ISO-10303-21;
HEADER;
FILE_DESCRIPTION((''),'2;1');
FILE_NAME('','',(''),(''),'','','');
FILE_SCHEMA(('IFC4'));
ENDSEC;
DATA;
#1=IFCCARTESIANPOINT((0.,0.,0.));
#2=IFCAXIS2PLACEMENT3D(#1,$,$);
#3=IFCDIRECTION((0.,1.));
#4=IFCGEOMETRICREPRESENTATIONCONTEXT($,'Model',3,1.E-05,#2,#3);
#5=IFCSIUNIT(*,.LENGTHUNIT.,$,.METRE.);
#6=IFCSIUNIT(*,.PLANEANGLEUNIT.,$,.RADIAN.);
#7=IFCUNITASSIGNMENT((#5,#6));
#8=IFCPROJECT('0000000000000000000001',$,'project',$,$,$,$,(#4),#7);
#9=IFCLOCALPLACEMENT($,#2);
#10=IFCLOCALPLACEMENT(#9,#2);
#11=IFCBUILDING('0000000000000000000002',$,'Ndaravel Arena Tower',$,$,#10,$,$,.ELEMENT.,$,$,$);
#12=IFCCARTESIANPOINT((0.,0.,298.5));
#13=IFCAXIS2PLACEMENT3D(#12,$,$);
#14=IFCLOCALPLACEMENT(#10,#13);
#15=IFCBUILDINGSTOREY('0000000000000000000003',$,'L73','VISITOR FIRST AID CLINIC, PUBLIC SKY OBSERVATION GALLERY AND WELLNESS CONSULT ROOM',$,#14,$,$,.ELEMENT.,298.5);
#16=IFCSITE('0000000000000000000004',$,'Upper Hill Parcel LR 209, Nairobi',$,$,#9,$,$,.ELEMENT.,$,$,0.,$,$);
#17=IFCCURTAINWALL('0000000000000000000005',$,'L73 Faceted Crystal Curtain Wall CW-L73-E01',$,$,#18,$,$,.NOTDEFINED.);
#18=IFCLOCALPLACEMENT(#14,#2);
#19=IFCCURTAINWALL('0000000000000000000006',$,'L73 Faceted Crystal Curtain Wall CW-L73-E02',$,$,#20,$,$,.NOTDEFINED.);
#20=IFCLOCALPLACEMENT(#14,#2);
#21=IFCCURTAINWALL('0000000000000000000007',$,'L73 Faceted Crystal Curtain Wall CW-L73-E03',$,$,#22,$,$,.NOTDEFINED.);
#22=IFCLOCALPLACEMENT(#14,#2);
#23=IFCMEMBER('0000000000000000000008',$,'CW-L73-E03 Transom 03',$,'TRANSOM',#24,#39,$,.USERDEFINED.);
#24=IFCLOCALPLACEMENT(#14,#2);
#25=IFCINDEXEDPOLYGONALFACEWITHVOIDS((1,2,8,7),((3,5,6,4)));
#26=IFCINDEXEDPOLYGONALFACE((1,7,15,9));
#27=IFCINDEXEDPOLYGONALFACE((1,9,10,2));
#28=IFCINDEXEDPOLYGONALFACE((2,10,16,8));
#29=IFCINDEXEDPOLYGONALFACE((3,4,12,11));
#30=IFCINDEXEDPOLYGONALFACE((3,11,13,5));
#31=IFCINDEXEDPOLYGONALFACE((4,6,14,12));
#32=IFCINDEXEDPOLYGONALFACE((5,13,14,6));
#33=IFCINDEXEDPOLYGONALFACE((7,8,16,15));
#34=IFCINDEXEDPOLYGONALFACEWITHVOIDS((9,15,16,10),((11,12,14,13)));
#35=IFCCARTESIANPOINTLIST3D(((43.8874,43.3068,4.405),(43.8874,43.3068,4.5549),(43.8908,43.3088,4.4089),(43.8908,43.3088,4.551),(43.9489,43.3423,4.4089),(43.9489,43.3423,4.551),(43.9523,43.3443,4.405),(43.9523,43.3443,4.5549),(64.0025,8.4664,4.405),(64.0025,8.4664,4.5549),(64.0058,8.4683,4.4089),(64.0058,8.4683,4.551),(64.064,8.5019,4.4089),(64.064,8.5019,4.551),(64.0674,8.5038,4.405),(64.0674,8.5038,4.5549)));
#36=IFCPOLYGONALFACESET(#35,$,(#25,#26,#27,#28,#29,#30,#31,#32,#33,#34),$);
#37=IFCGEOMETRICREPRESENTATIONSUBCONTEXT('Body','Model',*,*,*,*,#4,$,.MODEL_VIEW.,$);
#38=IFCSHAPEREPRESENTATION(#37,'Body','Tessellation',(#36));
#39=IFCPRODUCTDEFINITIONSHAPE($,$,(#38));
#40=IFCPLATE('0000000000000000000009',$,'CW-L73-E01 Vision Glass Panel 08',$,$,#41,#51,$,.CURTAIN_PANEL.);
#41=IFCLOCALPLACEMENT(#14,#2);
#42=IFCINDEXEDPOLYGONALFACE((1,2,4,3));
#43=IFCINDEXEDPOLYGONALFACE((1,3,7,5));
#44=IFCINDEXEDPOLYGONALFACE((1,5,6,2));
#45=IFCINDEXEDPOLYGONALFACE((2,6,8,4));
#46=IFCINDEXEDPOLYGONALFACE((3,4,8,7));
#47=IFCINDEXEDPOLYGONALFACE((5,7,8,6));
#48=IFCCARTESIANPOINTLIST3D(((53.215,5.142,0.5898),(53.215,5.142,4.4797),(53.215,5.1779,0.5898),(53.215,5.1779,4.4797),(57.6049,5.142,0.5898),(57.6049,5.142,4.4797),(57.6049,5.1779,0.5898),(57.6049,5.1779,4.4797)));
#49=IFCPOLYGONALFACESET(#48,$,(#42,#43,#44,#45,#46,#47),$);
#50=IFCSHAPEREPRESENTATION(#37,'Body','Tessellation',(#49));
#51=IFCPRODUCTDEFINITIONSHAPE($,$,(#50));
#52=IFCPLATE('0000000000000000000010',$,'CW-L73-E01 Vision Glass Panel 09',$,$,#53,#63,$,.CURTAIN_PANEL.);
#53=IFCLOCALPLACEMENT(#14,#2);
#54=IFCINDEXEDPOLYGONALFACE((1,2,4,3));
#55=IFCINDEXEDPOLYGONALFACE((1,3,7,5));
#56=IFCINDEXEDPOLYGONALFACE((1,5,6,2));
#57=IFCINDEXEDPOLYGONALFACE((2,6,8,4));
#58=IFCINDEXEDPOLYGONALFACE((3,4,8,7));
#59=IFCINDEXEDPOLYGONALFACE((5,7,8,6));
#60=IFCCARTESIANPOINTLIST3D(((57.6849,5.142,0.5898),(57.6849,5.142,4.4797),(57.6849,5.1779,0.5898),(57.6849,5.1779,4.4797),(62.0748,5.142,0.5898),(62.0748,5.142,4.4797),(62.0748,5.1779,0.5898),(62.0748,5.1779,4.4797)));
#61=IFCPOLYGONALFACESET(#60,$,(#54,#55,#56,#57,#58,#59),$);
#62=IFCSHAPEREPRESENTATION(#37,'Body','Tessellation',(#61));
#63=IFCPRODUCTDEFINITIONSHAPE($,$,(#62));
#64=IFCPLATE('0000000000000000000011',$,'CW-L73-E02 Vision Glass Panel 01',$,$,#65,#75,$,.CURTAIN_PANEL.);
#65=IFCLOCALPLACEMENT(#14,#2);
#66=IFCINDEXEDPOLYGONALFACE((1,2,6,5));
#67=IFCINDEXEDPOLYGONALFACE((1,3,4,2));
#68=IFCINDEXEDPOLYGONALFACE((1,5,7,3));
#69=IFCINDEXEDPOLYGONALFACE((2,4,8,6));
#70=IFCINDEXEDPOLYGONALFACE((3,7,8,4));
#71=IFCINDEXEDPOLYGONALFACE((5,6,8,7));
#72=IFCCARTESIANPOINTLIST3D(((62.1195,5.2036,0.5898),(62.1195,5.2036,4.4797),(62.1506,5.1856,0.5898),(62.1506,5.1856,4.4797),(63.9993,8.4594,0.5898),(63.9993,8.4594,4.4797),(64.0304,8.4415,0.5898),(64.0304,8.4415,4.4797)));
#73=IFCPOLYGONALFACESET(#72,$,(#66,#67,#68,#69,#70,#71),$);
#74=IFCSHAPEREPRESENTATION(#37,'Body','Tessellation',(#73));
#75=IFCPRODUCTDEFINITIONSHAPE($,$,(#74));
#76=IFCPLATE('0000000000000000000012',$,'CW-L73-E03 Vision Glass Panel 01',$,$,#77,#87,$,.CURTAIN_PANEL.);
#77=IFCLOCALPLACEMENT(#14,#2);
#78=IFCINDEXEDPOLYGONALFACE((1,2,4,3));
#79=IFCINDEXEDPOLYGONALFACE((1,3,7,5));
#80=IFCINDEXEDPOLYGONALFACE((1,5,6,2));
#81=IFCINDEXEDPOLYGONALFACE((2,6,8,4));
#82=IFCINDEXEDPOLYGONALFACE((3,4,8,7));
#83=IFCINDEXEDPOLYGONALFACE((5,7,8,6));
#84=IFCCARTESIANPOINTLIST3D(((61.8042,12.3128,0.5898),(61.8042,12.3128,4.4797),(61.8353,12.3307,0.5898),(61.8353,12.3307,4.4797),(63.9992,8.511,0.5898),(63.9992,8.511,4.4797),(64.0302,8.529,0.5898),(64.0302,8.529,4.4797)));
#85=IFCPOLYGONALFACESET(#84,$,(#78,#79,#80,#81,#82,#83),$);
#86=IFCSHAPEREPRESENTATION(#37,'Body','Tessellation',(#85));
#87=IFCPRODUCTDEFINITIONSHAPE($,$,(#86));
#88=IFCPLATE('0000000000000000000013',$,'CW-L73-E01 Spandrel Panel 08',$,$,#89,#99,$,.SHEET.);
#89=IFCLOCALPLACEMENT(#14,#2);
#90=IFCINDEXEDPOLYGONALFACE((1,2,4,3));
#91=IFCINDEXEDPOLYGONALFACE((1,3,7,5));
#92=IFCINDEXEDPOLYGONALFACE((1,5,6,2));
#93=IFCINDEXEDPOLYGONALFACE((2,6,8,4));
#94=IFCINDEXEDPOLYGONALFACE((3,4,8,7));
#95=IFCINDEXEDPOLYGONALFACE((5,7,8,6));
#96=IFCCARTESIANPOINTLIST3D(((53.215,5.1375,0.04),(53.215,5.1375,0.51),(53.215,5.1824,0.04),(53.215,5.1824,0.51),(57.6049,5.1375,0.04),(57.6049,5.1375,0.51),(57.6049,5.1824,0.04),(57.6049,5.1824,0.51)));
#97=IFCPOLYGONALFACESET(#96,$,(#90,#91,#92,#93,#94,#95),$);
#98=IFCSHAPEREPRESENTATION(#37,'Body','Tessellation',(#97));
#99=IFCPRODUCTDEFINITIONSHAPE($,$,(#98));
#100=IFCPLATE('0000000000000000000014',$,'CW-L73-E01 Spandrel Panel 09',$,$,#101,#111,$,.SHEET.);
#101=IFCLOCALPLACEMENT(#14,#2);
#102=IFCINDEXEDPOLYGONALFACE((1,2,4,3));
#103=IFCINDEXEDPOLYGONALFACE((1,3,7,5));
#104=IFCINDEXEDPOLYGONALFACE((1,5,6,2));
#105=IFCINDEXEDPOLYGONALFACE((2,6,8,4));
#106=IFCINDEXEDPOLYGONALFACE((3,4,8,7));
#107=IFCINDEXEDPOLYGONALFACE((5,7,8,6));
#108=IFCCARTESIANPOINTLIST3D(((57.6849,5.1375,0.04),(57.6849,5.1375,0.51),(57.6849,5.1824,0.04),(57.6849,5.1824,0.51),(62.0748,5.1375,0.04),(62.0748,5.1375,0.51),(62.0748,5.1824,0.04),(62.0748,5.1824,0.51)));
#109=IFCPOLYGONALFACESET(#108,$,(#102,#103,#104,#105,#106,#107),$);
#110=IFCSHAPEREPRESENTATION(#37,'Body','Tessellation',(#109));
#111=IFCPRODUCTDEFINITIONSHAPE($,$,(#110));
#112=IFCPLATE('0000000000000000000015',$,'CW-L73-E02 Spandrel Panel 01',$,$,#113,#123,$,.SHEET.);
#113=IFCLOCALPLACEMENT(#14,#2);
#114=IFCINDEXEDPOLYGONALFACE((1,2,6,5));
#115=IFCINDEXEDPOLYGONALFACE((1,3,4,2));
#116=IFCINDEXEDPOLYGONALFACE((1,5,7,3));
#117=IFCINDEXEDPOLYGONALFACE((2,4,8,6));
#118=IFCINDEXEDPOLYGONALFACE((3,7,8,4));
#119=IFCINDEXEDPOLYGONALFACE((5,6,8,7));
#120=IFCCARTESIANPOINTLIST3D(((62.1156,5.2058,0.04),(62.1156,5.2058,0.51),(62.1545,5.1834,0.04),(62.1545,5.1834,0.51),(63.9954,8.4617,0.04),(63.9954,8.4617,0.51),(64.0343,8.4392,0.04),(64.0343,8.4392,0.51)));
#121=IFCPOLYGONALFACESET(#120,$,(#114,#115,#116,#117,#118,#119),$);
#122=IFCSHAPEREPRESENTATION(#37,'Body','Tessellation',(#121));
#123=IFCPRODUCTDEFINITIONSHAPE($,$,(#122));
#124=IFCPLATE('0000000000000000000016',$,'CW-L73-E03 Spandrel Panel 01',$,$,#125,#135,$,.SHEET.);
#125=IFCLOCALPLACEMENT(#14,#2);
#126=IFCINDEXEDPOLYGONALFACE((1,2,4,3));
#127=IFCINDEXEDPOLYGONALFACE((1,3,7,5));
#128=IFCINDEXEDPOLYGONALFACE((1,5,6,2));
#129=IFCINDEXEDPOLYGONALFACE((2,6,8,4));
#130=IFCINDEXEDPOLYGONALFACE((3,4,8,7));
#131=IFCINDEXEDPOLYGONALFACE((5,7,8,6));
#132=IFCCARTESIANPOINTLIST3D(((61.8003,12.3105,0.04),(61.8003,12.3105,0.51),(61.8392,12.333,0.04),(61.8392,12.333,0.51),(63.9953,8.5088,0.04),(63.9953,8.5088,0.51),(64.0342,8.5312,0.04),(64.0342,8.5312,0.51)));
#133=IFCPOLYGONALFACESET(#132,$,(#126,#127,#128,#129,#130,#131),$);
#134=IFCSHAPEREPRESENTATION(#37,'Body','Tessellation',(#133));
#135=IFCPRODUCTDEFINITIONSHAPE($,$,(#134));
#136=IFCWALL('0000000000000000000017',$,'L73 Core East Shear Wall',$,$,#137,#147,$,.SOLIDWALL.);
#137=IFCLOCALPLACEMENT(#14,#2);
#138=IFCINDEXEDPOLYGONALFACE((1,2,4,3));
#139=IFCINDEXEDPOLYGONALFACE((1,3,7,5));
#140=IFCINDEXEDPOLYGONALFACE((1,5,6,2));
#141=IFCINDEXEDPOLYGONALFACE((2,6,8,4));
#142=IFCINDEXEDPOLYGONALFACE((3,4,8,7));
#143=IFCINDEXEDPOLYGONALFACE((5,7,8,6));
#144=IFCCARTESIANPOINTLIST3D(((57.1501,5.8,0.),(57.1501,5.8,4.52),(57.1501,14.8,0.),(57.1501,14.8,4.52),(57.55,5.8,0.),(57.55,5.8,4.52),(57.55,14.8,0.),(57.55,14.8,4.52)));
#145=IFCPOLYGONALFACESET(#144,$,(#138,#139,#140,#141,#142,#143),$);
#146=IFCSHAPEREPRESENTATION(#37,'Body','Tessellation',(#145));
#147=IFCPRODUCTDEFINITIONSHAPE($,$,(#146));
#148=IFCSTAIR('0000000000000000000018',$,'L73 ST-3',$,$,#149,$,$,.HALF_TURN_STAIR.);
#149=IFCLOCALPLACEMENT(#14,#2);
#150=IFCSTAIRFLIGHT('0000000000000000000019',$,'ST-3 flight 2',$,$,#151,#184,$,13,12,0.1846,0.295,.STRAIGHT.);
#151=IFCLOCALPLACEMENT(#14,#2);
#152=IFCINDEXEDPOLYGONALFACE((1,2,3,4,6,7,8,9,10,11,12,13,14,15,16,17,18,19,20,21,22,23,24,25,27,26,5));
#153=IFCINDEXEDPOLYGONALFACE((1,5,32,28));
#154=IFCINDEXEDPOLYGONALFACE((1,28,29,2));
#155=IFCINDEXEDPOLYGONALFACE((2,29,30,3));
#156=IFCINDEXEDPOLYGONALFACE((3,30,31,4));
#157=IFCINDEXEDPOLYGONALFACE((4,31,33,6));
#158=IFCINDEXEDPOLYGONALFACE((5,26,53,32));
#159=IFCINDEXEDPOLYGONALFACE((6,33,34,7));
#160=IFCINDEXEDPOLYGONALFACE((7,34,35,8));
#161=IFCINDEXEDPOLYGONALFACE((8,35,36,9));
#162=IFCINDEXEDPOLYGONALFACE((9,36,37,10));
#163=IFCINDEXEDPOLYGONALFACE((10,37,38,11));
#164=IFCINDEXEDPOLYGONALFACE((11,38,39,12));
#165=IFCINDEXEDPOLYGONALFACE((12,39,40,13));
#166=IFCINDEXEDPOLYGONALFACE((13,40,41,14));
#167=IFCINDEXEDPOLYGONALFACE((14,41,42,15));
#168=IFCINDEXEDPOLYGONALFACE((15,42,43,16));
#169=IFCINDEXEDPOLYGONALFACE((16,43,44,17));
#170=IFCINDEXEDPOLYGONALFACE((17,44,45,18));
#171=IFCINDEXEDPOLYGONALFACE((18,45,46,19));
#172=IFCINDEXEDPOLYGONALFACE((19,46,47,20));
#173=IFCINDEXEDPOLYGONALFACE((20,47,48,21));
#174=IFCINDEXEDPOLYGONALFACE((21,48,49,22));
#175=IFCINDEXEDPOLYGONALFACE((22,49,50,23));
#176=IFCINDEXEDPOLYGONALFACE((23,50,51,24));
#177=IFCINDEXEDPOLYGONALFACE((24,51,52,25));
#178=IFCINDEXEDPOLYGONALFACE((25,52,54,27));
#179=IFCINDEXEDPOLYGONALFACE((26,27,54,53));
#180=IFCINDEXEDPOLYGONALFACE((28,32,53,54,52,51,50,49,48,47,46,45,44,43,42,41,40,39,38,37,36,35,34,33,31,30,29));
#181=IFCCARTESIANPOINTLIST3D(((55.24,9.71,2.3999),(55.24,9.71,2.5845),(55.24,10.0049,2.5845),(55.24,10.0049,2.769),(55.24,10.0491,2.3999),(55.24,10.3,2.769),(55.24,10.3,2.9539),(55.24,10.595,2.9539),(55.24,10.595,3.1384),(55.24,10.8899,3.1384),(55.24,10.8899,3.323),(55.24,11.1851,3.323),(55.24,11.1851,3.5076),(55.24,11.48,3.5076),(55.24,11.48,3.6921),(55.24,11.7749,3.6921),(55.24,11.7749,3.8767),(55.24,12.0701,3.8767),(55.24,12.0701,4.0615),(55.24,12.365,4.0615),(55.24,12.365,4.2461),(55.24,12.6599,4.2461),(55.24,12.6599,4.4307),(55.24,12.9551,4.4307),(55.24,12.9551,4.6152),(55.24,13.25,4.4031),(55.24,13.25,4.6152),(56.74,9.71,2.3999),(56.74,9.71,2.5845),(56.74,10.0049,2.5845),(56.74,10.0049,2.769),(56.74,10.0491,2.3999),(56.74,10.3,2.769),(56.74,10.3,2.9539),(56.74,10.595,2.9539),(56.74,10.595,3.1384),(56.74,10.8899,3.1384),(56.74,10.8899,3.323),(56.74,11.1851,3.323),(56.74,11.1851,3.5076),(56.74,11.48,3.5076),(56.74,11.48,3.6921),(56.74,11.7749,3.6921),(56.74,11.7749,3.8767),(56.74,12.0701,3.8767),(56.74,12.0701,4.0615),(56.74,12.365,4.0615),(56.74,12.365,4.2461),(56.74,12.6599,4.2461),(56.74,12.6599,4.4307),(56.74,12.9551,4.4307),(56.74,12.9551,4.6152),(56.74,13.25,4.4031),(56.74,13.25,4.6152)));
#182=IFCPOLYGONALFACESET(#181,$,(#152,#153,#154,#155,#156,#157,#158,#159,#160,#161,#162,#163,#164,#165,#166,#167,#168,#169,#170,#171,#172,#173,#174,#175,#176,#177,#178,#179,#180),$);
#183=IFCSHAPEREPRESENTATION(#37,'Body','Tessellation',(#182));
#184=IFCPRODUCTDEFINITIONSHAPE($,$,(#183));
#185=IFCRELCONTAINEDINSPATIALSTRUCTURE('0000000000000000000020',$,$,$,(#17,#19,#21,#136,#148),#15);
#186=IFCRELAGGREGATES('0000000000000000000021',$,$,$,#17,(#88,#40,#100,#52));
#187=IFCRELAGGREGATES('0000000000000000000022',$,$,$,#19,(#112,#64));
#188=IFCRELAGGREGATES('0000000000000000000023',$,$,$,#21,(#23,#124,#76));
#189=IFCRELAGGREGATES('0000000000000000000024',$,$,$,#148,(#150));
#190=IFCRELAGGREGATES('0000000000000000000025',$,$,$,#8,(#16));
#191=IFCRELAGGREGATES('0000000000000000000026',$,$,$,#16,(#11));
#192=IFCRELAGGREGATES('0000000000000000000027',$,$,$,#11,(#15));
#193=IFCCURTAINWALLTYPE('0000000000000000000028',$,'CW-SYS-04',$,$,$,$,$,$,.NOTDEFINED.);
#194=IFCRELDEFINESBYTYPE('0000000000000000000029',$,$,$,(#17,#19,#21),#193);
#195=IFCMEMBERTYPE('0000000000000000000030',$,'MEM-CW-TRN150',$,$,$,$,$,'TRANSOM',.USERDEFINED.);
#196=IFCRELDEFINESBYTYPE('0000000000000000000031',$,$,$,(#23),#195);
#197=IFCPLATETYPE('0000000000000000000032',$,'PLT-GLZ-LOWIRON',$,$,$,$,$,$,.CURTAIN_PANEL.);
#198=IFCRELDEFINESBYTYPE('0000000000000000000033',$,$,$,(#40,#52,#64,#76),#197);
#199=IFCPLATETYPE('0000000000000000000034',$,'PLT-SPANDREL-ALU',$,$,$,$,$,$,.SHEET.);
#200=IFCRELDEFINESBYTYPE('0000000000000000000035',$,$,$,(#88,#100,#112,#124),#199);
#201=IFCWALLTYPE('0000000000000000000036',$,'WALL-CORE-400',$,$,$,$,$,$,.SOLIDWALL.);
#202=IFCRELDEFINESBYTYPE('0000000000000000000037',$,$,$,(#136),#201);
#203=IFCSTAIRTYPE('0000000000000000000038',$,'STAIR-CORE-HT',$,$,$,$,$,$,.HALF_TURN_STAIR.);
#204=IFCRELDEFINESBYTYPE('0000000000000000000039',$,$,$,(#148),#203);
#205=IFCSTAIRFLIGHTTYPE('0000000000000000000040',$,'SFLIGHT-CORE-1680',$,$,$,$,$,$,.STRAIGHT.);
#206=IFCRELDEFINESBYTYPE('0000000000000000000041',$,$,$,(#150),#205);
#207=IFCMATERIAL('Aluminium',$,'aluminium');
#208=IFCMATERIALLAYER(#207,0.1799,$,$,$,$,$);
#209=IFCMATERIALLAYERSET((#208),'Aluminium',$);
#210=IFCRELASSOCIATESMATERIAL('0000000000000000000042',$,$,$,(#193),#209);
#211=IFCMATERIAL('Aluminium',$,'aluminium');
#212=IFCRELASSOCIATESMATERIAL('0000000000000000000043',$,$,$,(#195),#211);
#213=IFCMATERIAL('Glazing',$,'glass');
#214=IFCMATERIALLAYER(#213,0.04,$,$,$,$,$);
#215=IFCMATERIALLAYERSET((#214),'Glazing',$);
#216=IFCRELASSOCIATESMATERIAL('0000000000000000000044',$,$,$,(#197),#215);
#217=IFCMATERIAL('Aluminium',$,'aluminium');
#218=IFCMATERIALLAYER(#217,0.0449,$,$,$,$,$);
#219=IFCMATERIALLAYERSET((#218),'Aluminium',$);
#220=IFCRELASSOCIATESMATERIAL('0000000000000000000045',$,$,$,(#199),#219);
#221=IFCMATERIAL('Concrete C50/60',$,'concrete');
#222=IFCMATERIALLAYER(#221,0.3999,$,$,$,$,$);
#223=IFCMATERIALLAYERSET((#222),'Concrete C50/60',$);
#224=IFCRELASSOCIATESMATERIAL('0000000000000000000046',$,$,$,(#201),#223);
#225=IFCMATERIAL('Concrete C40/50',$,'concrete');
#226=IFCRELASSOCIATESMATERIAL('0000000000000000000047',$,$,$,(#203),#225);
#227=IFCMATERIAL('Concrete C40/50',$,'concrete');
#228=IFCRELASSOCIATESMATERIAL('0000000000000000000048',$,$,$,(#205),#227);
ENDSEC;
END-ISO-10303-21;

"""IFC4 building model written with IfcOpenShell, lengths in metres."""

from ifc_helpers import new_model, si_unit, direction, frame, frame_2d, origin, origin_2d, place, context, subcontext, project, spatial, polyline, rectangle, hollow_rectangle, outline, extrude, material, layer, layer_set, material_profile, profile_set, type_object, element, aggregate, save


model = new_model("IFC4")

# Units and contexts
model_context = context("Model", 3, precision=1e-05, world=origin(), true_north=direction((0.0, 1.0)))
body_context = subcontext(model_context, "Body", "Model", "MODEL_VIEW")
ifc_project = project(units=[si_unit("LENGTHUNIT", "METRE"), si_unit("PLANEANGLEUNIT", "RADIAN")], contexts=[model_context])

# Site, building, storey
site_placement = place(None, origin())
site = spatial("IfcSite", under=ifc_project, at=site_placement, Name="Upper Hill Parcel LR 209, Nairobi", CompositionType="ELEMENT", RefElevation=0.0)
building_placement = place(site_placement, origin())
building = spatial("IfcBuilding", under=site, at=building_placement, Name="Ndaravel Arena Tower", CompositionType="ELEMENT")
storey_placement = place(building_placement, frame((0.0, 0.0, 298.5)))
storey = spatial("IfcBuildingStorey", under=building, at=storey_placement, Name="L73", Description="VISITOR FIRST AID CLINIC, PUBLIC SKY OBSERVATION GALLERY AND WELLNESS CONSULT ROOM", CompositionType="ELEMENT", Elevation=298.5)

# Curtain walls
ifc_material_1 = material(Name="Aluminium", Category="aluminium")
ifc_layer_1 = layer(ifc_material_1, 0.1799)
ifc_layer_set_1 = layer_set([ifc_layer_1], Name="Aluminium")
curtain_wall_type = type_object("IfcCurtainWallType", Name="CW-SYS-04", PredefinedType="NOTDEFINED", material=ifc_layer_set_1)
curtain_wall_1_placement = place(storey_placement, origin())
curtain_wall_1 = element("IfcCurtainWall", 1, at=curtain_wall_1_placement, inside=storey, type_object=curtain_wall_type, Name="L73 Faceted Crystal Curtain Wall CW-L73-E01", PredefinedType="NOTDEFINED")
curtain_wall_2_placement = place(storey_placement, origin())
curtain_wall_2 = element("IfcCurtainWall", 2, at=curtain_wall_2_placement, inside=storey, type_object=curtain_wall_type, Name="L73 Faceted Crystal Curtain Wall CW-L73-E02", PredefinedType="NOTDEFINED")
curtain_wall_3_placement = place(storey_placement, origin())
curtain_wall_3 = element("IfcCurtainWall", 3, at=curtain_wall_3_placement, inside=storey, type_object=curtain_wall_type, Name="L73 Faceted Crystal Curtain Wall CW-L73-E03", PredefinedType="NOTDEFINED")

# Member
ifc_material_2 = material(Name="Aluminium", Category="aluminium")
ifc_material_profile_1 = material_profile(ifc_material_2, hollow_rectangle(XDim=0.075, YDim=0.1499, WallThickness=0.0039, at=origin_2d()), Name="CW TRANSOM 75x150x4")
ifc_profile_set_1 = profile_set([ifc_material_profile_1], Name="Aluminium")
member_type_1 = type_object("IfcMemberType", Name="MEM-CW-TRN150", ElementType="TRANSOM", PredefinedType="USERDEFINED", material=ifc_profile_set_1)
member_1_placement = place(storey_placement, frame((64.0349, 8.4851, 4.48), z_axis=(-0.499998, 0.866026, 0.0), x_axis=(-0.866026, -0.499998, 0.0)))
member_1 = element("IfcMember", 4, at=member_1_placement, type_object=member_type_1, Name="CW-L73-E03 Transom 03", ObjectType="TRANSOM", PredefinedType="USERDEFINED", context=body_context, shape_type="SweptSolid", body=[
    extrude(hollow_rectangle(XDim=0.075, YDim=0.1499, WallThickness=0.0039, at=origin_2d()), origin(), (0.0, 0.0, 1.0), 40.2302),
])

# Plates
ifc_material_3 = material(Name="Glazing", Category="glass")
ifc_layer_2 = layer(ifc_material_3, 0.04)
ifc_layer_set_2 = layer_set([ifc_layer_2], Name="Glazing")
plate_type_1 = type_object("IfcPlateType", Name="PLT-GLZ-LOWIRON", PredefinedType="CURTAIN_PANEL", material=ifc_layer_set_2)
plate_1_placement = place(storey_placement, frame((55.4099, 5.1599, 0.5898), z_axis=(0.0, 0.0, 1.0), x_axis=(1.0, 0.0, 0.0)))
plate_1 = element("IfcPlate", 5, at=plate_1_placement, type_object=plate_type_1, Name="CW-L73-E01 Vision Glass Panel 08", PredefinedType="CURTAIN_PANEL", context=body_context, shape_type="SweptSolid", body=[
    extrude(rectangle(XDim=4.3899, YDim=0.0359, at=origin_2d()), origin(), (0.0, 0.0, 1.0), 3.8899),
])
plate_2_placement = place(storey_placement, frame((59.8799, 5.1599, 0.5898), z_axis=(0.0, 0.0, 1.0), x_axis=(1.0, 0.0, 0.0)))
plate_2 = element("IfcPlate", 6, at=plate_2_placement, type_object=plate_type_1, Name="CW-L73-E01 Vision Glass Panel 09", PredefinedType="CURTAIN_PANEL", context=body_context, shape_type="SweptSolid", body=[
    extrude(rectangle(XDim=4.3899, YDim=0.0359, at=origin_2d()), origin(), (0.0, 0.0, 1.0), 3.8899),
])
plate_3_placement = place(storey_placement, frame((63.075, 6.8225, 0.5898), z_axis=(0.0, 0.0, 1.0), x_axis=(0.5, 0.866025, 0.0)))
plate_3 = element("IfcPlate", 7, at=plate_3_placement, type_object=plate_type_1, Name="CW-L73-E02 Vision Glass Panel 01", PredefinedType="CURTAIN_PANEL", context=body_context, shape_type="SweptSolid", body=[
    extrude(rectangle(XDim=3.7595, YDim=0.0359, at=origin_2d()), origin(), (0.0, 0.0, 1.0), 3.8899),
])
plate_4_placement = place(storey_placement, frame((62.9172, 10.4209, 0.5898), z_axis=(0.0, 0.0, 1.0), x_axis=(-0.5, 0.866025, 0.0)))
plate_4 = element("IfcPlate", 8, at=plate_4_placement, type_object=plate_type_1, Name="CW-L73-E03 Vision Glass Panel 01", PredefinedType="CURTAIN_PANEL", context=body_context, shape_type="SweptSolid", body=[
    extrude(rectangle(XDim=4.3899, YDim=0.0359, at=origin_2d()), origin(), (0.0, 0.0, 1.0), 3.8899),
])
ifc_material_4 = material(Name="Aluminium", Category="aluminium")
ifc_layer_3 = layer(ifc_material_4, 0.0449)
ifc_layer_set_3 = layer_set([ifc_layer_3], Name="Aluminium")
plate_type_2 = type_object("IfcPlateType", Name="PLT-SPANDREL-ALU", PredefinedType="SHEET", material=ifc_layer_set_3)
plate_5_placement = place(storey_placement, frame((55.4099, 5.1599, 0.04), z_axis=(0.0, 0.0, 1.0), x_axis=(1.0, 0.0, 0.0)))
plate_5 = element("IfcPlate", 9, at=plate_5_placement, type_object=plate_type_2, Name="CW-L73-E01 Spandrel Panel 08", PredefinedType="SHEET", context=body_context, shape_type="SweptSolid", body=[
    extrude(rectangle(XDim=4.3899, YDim=0.0449, at=origin_2d()), origin(), (0.0, 0.0, 1.0), 0.47),
])
plate_6_placement = place(storey_placement, frame((59.8799, 5.1599, 0.04), z_axis=(0.0, 0.0, 1.0), x_axis=(1.0, 0.0, 0.0)))
plate_6 = element("IfcPlate", 10, at=plate_6_placement, type_object=plate_type_2, Name="CW-L73-E01 Spandrel Panel 09", PredefinedType="SHEET", context=body_context, shape_type="SweptSolid", body=[
    extrude(rectangle(XDim=4.3899, YDim=0.0449, at=origin_2d()), origin(), (0.0, 0.0, 1.0), 0.47),
])
aggregate(curtain_wall_1, [plate_5, plate_1, plate_6, plate_2])
plate_7_placement = place(storey_placement, frame((63.075, 6.8225, 0.04), z_axis=(0.0, 0.0, 1.0), x_axis=(0.5, 0.866025, 0.0)))
plate_7 = element("IfcPlate", 11, at=plate_7_placement, type_object=plate_type_2, Name="CW-L73-E02 Spandrel Panel 01", PredefinedType="SHEET", context=body_context, shape_type="SweptSolid", body=[
    extrude(rectangle(XDim=3.7595, YDim=0.0449, at=origin_2d()), origin(), (0.0, 0.0, 1.0), 0.47),
])
aggregate(curtain_wall_2, [plate_7, plate_3])
plate_8_placement = place(storey_placement, frame((62.9172, 10.4209, 0.04), z_axis=(0.0, 0.0, 1.0), x_axis=(-0.5, 0.866025, 0.0)))
plate_8 = element("IfcPlate", 12, at=plate_8_placement, type_object=plate_type_2, Name="CW-L73-E03 Spandrel Panel 01", PredefinedType="SHEET", context=body_context, shape_type="SweptSolid", body=[
    extrude(rectangle(XDim=4.3899, YDim=0.0449, at=origin_2d()), origin(), (0.0, 0.0, 1.0), 0.47),
])
aggregate(curtain_wall_3, [member_1, plate_8, plate_4])

# Wall
ifc_material_5 = material(Name="Concrete C50/60", Category="concrete")
ifc_layer_4 = layer(ifc_material_5, 0.3999)
ifc_layer_set_4 = layer_set([ifc_layer_4], Name="Concrete C50/60")
wall_type = type_object("IfcWallType", Name="WALL-CORE-400", PredefinedType="SOLIDWALL", material=ifc_layer_set_4)
wall_placement = place(storey_placement, frame((57.3501, 5.8, 0.0), z_axis=(0.0, 0.0, 1.0), x_axis=(0.0, 1.0, 0.0)))
element("IfcWall", 13, at=wall_placement, inside=storey, type_object=wall_type, Name="L73 Core East Shear Wall", PredefinedType="SOLIDWALL", context=body_context, shape_type="SweptSolid", body=[
    extrude(rectangle(XDim=9.0, YDim=0.3999, at=frame_2d((4.5, 0.0))), origin(), (0.0, 0.0, 1.0), 4.52),
])

# Stair, stair flight
ifc_material_6 = material(Name="Concrete C40/50", Category="concrete")
stair_type = type_object("IfcStairType", Name="STAIR-CORE-HT", PredefinedType="HALF_TURN_STAIR", material=ifc_material_6)
stair_placement = place(storey_placement, origin())
stair = element("IfcStair", 14, at=stair_placement, inside=storey, type_object=stair_type, Name="L73 ST-3", PredefinedType="HALF_TURN_STAIR")
ifc_material_7 = material(Name="Concrete C40/50", Category="concrete")
stair_flight_type = type_object("IfcStairFlightType", Name="SFLIGHT-CORE-1680", PredefinedType="STRAIGHT", material=ifc_material_7)
stair_flight_placement = place(storey_placement, frame((55.99, 9.71, 2.3999), z_axis=(0.0, 0.0, 1.0), x_axis=(0.0, 1.0, 0.0)))
stair_flight = element("IfcStairFlight", 15, at=stair_flight_placement, type_object=stair_flight_type, Name="ST-3 flight 2", NumberOfRisers=13, NumberOfTreads=12, PredefinedType="STRAIGHT", RiserHeight=0.1846, TreadLength=0.295, context=body_context, shape_type="SweptSolid", body=[
    extrude(outline(polyline([(0.0, 0.0), (0.0, 0.1846), (0.2949, 0.1846), (0.2949, 0.3691), (0.5901, 0.3691), (0.5901, 0.554), (0.885, 0.554), (0.885, 0.7385), (1.1799, 0.7385), (1.1799, 0.9231), (1.4751, 0.9231), (1.4751, 1.1077), (1.77, 1.1077), (1.77, 1.2922), (2.0649, 1.2922), (2.0649, 1.4768), (2.3601, 1.4768), (2.3601, 1.6616), (2.655, 1.6616), (2.655, 1.8462), (2.95, 1.8462), (2.95, 2.0308), (3.2451, 2.0308), (3.2451, 2.2153), (3.54, 2.2153), (3.54, 2.3999), (3.54, 2.0032), (0.3391, 0.0), (0.0, 0.0)])), frame((0.0, 0.75, 0.0), z_axis=(0.0, -1.0, 0.0), x_axis=(1.0, 0.0, 0.0)), (0.0, 0.0, 1.0), 1.5),
])
aggregate(stair, [stair_flight])

save(model, "model.ifc")
